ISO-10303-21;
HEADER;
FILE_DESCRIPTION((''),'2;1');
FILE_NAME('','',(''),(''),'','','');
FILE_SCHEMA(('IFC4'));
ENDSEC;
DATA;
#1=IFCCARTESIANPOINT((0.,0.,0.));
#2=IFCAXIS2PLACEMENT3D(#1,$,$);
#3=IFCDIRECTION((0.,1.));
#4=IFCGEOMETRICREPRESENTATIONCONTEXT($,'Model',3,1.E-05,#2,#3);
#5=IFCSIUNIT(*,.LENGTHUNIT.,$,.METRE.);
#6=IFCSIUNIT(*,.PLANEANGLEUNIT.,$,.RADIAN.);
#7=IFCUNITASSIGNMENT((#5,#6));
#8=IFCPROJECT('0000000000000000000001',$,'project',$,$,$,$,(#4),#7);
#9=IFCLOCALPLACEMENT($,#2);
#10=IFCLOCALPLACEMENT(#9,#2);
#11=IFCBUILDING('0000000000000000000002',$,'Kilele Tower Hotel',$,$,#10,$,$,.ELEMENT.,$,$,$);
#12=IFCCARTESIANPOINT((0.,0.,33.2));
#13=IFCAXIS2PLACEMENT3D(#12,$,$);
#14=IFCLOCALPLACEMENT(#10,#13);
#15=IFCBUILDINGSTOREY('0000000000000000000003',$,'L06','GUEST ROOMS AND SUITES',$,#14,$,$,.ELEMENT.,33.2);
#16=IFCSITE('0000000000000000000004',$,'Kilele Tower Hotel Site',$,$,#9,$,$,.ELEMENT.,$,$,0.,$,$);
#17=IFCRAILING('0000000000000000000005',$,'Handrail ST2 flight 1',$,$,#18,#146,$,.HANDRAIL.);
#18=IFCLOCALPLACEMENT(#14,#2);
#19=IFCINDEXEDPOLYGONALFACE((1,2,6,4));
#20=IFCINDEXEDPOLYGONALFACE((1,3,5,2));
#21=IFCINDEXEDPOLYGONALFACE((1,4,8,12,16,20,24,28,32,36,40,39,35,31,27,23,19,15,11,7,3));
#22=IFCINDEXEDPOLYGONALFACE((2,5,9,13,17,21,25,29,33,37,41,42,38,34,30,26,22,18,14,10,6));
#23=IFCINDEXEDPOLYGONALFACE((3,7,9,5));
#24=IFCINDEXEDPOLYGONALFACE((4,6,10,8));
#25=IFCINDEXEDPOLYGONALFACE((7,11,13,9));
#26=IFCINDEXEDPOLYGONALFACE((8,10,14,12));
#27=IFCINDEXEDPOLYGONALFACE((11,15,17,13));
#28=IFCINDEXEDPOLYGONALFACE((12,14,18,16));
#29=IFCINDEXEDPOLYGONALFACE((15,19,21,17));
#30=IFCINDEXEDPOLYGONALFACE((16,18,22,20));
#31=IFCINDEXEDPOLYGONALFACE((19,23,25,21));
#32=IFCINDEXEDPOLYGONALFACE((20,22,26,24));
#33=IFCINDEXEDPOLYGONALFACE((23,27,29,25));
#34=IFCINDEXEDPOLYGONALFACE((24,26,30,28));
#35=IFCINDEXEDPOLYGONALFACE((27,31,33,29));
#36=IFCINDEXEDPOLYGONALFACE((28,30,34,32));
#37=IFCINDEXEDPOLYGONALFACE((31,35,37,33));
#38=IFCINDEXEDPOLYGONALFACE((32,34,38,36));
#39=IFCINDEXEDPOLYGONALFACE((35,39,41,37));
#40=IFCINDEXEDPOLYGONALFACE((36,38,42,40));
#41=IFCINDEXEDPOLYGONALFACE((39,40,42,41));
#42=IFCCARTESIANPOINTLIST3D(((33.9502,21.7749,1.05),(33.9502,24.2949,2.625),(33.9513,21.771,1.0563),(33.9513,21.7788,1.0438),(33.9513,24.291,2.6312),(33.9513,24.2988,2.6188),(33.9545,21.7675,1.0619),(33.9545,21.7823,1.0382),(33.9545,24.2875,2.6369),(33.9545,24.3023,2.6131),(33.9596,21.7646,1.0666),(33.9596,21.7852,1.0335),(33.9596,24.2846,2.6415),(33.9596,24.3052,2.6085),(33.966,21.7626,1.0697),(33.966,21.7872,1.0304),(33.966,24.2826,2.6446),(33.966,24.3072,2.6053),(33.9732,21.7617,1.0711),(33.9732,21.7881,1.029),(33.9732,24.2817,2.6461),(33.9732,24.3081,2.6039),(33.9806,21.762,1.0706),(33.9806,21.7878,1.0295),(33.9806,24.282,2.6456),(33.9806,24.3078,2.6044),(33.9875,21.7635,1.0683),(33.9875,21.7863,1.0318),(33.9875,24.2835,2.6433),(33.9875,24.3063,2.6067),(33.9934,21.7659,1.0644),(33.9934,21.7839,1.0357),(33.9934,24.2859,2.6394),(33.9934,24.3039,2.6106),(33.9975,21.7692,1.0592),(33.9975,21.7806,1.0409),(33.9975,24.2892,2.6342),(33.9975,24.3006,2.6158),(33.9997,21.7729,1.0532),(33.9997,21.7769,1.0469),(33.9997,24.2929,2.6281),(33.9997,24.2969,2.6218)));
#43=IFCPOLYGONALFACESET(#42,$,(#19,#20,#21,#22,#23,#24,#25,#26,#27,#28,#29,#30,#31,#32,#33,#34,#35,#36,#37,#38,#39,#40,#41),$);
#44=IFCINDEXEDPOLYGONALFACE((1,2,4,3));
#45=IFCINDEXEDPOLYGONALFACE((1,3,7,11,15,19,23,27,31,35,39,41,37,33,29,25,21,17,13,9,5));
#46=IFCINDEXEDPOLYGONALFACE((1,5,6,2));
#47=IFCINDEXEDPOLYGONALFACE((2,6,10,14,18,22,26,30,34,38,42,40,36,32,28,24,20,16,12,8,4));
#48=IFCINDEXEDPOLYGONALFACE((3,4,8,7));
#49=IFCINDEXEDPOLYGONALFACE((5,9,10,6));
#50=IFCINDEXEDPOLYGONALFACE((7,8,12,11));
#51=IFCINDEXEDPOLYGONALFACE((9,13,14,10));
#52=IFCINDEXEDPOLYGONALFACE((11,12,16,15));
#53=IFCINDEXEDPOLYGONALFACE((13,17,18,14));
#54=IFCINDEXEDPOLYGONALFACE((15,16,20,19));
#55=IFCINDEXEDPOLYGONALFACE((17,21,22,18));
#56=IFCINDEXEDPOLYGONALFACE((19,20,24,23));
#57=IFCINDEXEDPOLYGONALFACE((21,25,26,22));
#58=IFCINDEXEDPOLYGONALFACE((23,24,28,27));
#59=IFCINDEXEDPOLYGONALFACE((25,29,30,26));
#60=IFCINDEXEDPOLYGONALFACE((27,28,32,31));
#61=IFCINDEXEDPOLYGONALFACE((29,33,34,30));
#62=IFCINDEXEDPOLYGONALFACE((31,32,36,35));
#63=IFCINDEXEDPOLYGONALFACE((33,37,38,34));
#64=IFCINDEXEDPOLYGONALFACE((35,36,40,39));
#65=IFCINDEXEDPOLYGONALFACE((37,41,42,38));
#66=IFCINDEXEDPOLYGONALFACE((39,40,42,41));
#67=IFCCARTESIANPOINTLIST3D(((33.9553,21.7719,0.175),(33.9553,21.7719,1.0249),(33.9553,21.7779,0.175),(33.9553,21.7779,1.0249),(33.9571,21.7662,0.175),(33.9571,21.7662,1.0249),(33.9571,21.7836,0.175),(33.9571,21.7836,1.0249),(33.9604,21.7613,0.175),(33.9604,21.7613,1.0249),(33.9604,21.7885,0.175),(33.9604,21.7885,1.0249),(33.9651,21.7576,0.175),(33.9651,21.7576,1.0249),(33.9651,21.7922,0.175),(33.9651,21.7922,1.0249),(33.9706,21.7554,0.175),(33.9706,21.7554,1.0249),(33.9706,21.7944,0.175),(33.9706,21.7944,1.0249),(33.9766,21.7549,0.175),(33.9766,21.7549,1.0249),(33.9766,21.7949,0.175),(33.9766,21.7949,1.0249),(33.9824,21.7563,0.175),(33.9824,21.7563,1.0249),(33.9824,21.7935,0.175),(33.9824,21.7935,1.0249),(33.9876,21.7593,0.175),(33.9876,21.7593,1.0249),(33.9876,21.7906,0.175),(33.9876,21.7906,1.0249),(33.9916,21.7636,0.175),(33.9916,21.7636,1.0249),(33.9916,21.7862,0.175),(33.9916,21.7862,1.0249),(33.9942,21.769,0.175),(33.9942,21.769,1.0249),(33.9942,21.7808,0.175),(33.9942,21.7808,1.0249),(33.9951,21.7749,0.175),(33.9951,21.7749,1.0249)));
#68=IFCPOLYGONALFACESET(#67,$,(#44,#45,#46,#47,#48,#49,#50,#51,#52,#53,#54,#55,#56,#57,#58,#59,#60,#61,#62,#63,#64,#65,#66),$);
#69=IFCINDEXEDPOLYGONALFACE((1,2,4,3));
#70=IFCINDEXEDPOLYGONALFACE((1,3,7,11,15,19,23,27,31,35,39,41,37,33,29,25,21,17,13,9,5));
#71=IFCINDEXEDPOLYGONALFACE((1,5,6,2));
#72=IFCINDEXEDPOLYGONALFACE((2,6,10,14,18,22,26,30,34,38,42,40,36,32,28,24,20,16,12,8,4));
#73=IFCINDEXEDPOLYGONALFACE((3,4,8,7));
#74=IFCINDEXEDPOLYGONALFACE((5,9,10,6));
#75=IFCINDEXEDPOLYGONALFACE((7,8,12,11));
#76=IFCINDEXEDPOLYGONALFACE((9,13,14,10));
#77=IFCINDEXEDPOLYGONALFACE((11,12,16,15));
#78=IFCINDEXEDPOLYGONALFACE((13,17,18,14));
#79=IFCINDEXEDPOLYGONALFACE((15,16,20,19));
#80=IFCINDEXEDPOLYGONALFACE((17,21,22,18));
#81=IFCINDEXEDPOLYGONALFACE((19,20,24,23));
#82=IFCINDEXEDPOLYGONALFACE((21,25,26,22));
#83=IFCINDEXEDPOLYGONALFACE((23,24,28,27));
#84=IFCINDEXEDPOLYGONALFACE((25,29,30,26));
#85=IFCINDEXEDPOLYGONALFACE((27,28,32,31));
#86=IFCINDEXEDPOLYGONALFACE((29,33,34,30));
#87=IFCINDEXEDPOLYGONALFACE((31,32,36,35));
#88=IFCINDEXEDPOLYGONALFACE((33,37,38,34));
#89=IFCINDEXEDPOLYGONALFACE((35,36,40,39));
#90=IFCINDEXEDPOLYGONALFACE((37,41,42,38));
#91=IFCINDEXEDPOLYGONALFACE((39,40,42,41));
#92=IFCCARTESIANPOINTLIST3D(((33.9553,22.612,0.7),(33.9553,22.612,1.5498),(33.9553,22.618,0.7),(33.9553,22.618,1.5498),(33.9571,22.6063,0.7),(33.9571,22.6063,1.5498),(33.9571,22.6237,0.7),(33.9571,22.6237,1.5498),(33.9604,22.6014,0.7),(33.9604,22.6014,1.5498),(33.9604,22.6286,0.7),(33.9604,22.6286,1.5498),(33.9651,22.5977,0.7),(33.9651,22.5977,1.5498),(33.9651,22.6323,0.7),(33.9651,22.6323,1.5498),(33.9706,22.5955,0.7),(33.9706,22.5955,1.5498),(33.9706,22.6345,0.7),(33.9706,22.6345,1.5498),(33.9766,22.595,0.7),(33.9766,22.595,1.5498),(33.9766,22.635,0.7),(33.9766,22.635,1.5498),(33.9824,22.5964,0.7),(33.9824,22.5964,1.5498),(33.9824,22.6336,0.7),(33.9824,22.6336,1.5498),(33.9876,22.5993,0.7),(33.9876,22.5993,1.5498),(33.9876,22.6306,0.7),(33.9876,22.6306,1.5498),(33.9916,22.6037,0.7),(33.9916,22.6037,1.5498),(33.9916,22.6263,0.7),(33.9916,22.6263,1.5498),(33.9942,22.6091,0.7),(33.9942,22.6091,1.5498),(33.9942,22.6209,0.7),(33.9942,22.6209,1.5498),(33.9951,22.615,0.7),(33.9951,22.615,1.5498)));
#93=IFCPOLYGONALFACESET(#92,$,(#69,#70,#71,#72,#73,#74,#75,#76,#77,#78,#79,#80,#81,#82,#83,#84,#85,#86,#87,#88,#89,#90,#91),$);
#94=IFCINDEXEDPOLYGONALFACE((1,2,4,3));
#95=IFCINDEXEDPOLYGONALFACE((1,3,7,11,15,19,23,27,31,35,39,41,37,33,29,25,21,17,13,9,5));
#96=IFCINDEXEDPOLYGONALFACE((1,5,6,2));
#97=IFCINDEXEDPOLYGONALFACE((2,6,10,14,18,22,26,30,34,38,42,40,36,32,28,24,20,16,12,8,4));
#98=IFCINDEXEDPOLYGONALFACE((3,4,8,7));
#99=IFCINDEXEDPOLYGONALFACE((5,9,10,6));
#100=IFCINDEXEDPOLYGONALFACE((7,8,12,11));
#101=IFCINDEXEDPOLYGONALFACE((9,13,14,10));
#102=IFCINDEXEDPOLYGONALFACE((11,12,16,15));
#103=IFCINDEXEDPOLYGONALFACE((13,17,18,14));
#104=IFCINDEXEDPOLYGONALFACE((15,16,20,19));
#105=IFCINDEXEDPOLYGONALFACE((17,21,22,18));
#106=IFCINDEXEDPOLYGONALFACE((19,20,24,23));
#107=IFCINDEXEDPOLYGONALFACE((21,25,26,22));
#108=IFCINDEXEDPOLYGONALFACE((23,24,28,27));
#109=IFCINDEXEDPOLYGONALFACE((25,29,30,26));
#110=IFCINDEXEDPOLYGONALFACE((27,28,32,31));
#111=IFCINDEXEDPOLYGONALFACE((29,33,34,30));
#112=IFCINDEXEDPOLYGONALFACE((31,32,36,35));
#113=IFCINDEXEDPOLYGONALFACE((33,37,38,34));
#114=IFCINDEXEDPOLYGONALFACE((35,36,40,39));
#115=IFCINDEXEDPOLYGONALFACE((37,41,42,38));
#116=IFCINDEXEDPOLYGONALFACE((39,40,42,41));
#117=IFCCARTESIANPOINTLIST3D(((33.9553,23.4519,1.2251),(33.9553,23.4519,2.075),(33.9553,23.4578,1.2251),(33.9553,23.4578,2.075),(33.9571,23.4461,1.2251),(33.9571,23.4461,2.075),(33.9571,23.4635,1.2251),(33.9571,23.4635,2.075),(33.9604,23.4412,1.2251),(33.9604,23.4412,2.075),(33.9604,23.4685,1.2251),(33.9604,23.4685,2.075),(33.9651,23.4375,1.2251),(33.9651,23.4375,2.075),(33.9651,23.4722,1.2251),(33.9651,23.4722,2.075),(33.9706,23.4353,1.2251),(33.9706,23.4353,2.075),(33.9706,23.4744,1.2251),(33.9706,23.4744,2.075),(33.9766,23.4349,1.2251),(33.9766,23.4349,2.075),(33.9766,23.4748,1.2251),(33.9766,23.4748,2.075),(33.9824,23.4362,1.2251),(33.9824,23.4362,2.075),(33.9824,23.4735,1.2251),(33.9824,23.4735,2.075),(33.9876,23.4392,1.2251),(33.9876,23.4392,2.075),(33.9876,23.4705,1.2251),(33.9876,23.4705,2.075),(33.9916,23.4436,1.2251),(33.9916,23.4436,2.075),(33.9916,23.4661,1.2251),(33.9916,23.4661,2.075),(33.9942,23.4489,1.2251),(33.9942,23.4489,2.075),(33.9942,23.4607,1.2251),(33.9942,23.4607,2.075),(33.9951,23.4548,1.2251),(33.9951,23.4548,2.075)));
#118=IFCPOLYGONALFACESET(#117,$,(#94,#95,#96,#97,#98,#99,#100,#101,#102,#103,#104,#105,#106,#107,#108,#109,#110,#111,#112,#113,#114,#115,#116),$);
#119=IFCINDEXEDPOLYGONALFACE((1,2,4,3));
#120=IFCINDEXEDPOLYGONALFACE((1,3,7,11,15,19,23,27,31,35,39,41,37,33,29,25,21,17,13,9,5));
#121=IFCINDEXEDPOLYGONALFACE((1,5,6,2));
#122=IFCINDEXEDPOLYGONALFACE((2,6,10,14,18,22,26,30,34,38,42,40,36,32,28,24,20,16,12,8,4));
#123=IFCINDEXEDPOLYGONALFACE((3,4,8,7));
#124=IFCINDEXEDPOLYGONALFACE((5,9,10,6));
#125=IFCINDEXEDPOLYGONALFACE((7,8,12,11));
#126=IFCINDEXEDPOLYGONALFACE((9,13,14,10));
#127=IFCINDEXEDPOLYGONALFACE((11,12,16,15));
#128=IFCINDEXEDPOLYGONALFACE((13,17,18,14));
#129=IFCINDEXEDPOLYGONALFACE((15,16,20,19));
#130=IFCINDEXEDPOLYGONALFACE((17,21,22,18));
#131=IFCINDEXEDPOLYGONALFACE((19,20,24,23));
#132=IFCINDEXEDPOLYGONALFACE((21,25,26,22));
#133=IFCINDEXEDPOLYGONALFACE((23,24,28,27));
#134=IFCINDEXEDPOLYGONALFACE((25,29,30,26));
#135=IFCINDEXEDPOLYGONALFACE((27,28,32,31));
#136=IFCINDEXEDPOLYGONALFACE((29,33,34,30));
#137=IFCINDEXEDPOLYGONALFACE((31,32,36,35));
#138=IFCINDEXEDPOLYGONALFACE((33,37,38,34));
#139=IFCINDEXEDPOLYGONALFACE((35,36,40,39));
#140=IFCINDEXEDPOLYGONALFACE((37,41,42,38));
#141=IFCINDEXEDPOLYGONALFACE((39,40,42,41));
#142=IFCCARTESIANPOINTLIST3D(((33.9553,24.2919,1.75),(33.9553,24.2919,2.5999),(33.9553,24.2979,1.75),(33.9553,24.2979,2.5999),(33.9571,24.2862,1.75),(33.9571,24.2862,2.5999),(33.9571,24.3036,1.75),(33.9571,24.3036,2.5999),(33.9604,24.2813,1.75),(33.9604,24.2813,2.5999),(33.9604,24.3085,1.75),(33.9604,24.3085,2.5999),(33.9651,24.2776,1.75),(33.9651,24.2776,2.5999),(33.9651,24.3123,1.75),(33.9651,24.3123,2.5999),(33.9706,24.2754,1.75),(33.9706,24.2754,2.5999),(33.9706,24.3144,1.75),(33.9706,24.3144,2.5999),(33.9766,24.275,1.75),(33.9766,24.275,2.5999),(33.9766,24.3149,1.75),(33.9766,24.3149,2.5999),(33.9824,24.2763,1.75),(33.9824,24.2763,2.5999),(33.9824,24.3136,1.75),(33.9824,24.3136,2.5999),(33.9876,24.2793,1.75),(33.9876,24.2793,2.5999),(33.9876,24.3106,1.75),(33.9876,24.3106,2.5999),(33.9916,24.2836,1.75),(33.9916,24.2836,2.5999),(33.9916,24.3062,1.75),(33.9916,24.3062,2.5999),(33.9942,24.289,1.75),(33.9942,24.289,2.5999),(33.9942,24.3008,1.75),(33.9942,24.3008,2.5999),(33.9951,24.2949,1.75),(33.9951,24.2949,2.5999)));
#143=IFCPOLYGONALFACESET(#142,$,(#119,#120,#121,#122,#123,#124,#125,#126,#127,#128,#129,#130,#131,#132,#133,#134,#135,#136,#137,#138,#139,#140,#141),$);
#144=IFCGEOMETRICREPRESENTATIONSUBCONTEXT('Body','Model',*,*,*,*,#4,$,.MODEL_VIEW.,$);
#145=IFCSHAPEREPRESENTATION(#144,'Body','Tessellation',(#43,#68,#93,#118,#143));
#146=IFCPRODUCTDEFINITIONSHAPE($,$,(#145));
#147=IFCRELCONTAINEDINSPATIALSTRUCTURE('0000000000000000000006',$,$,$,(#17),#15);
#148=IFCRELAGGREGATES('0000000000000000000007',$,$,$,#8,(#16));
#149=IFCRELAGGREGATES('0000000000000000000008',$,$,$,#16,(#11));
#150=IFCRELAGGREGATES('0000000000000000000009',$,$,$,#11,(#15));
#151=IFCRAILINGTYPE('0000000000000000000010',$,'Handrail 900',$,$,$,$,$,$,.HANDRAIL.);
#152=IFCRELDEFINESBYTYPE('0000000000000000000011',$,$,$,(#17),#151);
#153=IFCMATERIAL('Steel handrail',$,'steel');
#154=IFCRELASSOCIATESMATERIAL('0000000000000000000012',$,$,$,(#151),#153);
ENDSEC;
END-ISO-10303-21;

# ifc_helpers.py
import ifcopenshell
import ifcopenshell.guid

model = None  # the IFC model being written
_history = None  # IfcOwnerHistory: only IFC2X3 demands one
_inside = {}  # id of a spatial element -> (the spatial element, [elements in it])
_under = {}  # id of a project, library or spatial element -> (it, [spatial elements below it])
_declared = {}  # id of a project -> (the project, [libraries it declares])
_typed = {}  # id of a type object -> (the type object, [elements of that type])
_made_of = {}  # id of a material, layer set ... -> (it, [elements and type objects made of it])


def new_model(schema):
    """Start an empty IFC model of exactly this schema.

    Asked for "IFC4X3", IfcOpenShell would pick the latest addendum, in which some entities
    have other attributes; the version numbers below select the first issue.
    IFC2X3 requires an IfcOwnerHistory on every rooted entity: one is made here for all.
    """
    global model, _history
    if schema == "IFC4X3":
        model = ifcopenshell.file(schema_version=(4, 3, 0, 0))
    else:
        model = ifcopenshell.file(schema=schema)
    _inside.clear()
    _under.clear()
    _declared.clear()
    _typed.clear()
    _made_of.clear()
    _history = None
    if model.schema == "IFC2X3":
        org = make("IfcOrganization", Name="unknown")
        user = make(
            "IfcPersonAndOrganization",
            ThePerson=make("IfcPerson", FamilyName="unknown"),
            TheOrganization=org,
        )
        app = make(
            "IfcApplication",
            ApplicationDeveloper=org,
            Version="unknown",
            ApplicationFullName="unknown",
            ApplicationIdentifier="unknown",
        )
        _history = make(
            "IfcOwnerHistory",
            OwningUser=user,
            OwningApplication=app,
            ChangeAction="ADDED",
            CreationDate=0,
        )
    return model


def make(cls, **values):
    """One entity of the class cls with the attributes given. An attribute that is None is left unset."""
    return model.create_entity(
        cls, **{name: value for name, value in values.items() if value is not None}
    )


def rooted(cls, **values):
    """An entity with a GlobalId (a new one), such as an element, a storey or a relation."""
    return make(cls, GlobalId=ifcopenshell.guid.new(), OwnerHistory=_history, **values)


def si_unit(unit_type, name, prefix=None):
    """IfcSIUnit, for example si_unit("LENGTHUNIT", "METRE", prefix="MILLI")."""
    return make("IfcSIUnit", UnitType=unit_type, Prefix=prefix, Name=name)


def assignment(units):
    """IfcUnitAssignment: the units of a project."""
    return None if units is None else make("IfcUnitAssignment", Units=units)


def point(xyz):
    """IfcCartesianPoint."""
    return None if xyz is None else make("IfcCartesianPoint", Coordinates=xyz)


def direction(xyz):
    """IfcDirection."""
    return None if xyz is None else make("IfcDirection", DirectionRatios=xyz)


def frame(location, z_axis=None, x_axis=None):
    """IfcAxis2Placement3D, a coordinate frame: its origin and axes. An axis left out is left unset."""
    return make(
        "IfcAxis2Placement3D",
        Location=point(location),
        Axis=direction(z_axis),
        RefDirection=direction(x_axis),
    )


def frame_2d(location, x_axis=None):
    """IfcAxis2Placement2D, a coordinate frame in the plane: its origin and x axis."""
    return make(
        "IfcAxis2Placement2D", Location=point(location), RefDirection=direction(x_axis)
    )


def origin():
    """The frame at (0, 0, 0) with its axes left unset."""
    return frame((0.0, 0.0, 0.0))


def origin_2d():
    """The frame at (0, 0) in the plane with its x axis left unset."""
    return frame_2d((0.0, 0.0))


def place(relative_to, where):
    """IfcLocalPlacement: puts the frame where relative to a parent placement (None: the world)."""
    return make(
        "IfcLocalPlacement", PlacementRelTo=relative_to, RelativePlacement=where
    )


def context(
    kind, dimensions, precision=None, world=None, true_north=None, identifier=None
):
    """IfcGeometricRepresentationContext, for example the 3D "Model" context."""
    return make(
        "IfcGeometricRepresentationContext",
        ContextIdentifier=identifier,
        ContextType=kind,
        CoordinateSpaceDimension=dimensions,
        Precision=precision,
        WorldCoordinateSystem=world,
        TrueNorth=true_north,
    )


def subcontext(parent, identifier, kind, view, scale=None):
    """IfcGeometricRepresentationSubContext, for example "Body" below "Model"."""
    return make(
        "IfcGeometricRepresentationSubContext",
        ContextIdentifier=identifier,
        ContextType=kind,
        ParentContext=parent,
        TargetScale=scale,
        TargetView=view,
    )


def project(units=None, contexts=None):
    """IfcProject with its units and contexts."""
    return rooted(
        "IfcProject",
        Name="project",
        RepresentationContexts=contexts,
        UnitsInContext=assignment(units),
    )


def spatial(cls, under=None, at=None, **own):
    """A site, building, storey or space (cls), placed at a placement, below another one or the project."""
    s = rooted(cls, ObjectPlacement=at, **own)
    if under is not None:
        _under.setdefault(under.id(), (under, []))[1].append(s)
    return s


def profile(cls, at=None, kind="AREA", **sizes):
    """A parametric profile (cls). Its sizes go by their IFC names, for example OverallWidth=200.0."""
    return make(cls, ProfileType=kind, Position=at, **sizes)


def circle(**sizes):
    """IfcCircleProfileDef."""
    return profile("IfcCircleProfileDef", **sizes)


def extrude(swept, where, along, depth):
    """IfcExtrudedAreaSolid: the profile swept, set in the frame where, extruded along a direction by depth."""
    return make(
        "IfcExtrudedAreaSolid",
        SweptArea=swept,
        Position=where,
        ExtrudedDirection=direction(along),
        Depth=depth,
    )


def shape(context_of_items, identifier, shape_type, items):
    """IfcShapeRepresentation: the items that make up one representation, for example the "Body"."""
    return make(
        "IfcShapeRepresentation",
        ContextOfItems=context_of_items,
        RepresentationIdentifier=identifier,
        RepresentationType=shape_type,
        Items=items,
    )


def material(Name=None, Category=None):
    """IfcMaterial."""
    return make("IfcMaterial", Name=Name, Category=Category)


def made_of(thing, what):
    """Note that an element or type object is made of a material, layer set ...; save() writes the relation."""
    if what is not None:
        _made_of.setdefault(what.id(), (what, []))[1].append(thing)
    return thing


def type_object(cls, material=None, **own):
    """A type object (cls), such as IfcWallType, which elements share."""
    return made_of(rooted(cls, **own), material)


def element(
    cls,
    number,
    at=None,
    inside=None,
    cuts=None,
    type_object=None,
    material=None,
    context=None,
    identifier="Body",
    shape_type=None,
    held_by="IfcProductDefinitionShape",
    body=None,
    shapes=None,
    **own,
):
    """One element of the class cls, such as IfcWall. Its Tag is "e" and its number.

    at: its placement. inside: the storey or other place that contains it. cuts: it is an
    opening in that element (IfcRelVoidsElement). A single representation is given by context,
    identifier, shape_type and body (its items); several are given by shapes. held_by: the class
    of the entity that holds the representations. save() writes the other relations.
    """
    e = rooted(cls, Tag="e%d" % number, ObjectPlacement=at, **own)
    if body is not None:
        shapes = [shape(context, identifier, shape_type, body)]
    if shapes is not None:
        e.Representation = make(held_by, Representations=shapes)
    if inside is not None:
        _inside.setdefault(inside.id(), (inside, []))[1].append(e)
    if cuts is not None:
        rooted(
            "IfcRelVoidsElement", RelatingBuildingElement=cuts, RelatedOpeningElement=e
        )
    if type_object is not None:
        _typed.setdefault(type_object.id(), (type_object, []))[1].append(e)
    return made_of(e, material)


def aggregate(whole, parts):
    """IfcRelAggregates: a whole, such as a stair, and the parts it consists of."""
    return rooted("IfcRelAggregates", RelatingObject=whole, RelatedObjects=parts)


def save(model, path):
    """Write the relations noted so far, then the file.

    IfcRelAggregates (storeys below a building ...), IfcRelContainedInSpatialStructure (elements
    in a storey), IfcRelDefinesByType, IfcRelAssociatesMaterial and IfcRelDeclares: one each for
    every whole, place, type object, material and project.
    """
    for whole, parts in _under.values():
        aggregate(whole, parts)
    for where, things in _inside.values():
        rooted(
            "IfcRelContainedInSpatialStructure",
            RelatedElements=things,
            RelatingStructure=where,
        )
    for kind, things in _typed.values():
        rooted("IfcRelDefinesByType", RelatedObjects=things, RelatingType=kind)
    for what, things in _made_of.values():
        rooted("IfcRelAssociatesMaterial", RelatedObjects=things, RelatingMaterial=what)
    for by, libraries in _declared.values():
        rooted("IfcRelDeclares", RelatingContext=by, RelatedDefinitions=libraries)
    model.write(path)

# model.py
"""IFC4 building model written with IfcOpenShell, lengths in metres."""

from ifc_helpers import new_model, si_unit, direction, frame, origin, origin_2d, place, context, subcontext, project, spatial, circle, extrude, material, type_object, element, save


model = new_model("IFC4")

# Units and contexts
model_context = context("Model", 3, precision=1e-05, world=origin(), true_north=direction((0.0, 1.0)))
body_context = subcontext(model_context, "Body", "Model", "MODEL_VIEW")
ifc_project = project(units=[si_unit("LENGTHUNIT", "METRE"), si_unit("PLANEANGLEUNIT", "RADIAN")], contexts=[model_context])

# Site, building, storey
site_placement = place(None, origin())
site = spatial("IfcSite", under=ifc_project, at=site_placement, Name="Kilele Tower Hotel Site", CompositionType="ELEMENT", RefElevation=0.0)
building_placement = place(site_placement, origin())
building = spatial("IfcBuilding", under=site, at=building_placement, Name="Kilele Tower Hotel", CompositionType="ELEMENT")
storey_placement = place(building_placement, frame((0.0, 0.0, 33.2)))
storey = spatial("IfcBuildingStorey", under=building, at=storey_placement, Name="L06", Description="GUEST ROOMS AND SUITES", CompositionType="ELEMENT", Elevation=33.2)

# Railing
ifc_material_1 = material(Name="Steel handrail", Category="steel")
railing_type_1 = type_object("IfcRailingType", Name="Handrail 900", PredefinedType="HANDRAIL", material=ifc_material_1)
for number, where, name in (
    (1, (33.9751, 21.7749, 0.175), "Handrail ST2 flight 1"),
):
    element("IfcRailing", number, at=place(storey_placement, frame(where)), inside=storey, type_object=railing_type_1, Name=name, PredefinedType="HANDRAIL", context=body_context, shape_type="SweptSolid", body=[
        extrude(circle(Radius=0.0249, at=origin_2d()), frame((0.0, 0.0, 0.875), z_axis=(0.0, 0.848008, 0.529984), x_axis=(-1.0, 0.0, 0.0)), (0.0, 0.0, 1.0), 2.9717),
        extrude(circle(Radius=0.02, at=origin_2d()), origin(), (0.0, 0.0, 1.0), 0.8499),
        extrude(circle(Radius=0.02, at=origin_2d()), frame((0.0, 0.8401, 0.5249)), (0.0, 0.0, 1.0), 0.8499),
        extrude(circle(Radius=0.02, at=origin_2d()), frame((0.0, 1.6799, 1.05)), (0.0, 0.0, 1.0), 0.8499),
        extrude(circle(Radius=0.02, at=origin_2d()), frame((0.0, 2.52, 1.575)), (0.0, 0.0, 1.0), 0.8499),
    ])

save(model, "model.ifc")
